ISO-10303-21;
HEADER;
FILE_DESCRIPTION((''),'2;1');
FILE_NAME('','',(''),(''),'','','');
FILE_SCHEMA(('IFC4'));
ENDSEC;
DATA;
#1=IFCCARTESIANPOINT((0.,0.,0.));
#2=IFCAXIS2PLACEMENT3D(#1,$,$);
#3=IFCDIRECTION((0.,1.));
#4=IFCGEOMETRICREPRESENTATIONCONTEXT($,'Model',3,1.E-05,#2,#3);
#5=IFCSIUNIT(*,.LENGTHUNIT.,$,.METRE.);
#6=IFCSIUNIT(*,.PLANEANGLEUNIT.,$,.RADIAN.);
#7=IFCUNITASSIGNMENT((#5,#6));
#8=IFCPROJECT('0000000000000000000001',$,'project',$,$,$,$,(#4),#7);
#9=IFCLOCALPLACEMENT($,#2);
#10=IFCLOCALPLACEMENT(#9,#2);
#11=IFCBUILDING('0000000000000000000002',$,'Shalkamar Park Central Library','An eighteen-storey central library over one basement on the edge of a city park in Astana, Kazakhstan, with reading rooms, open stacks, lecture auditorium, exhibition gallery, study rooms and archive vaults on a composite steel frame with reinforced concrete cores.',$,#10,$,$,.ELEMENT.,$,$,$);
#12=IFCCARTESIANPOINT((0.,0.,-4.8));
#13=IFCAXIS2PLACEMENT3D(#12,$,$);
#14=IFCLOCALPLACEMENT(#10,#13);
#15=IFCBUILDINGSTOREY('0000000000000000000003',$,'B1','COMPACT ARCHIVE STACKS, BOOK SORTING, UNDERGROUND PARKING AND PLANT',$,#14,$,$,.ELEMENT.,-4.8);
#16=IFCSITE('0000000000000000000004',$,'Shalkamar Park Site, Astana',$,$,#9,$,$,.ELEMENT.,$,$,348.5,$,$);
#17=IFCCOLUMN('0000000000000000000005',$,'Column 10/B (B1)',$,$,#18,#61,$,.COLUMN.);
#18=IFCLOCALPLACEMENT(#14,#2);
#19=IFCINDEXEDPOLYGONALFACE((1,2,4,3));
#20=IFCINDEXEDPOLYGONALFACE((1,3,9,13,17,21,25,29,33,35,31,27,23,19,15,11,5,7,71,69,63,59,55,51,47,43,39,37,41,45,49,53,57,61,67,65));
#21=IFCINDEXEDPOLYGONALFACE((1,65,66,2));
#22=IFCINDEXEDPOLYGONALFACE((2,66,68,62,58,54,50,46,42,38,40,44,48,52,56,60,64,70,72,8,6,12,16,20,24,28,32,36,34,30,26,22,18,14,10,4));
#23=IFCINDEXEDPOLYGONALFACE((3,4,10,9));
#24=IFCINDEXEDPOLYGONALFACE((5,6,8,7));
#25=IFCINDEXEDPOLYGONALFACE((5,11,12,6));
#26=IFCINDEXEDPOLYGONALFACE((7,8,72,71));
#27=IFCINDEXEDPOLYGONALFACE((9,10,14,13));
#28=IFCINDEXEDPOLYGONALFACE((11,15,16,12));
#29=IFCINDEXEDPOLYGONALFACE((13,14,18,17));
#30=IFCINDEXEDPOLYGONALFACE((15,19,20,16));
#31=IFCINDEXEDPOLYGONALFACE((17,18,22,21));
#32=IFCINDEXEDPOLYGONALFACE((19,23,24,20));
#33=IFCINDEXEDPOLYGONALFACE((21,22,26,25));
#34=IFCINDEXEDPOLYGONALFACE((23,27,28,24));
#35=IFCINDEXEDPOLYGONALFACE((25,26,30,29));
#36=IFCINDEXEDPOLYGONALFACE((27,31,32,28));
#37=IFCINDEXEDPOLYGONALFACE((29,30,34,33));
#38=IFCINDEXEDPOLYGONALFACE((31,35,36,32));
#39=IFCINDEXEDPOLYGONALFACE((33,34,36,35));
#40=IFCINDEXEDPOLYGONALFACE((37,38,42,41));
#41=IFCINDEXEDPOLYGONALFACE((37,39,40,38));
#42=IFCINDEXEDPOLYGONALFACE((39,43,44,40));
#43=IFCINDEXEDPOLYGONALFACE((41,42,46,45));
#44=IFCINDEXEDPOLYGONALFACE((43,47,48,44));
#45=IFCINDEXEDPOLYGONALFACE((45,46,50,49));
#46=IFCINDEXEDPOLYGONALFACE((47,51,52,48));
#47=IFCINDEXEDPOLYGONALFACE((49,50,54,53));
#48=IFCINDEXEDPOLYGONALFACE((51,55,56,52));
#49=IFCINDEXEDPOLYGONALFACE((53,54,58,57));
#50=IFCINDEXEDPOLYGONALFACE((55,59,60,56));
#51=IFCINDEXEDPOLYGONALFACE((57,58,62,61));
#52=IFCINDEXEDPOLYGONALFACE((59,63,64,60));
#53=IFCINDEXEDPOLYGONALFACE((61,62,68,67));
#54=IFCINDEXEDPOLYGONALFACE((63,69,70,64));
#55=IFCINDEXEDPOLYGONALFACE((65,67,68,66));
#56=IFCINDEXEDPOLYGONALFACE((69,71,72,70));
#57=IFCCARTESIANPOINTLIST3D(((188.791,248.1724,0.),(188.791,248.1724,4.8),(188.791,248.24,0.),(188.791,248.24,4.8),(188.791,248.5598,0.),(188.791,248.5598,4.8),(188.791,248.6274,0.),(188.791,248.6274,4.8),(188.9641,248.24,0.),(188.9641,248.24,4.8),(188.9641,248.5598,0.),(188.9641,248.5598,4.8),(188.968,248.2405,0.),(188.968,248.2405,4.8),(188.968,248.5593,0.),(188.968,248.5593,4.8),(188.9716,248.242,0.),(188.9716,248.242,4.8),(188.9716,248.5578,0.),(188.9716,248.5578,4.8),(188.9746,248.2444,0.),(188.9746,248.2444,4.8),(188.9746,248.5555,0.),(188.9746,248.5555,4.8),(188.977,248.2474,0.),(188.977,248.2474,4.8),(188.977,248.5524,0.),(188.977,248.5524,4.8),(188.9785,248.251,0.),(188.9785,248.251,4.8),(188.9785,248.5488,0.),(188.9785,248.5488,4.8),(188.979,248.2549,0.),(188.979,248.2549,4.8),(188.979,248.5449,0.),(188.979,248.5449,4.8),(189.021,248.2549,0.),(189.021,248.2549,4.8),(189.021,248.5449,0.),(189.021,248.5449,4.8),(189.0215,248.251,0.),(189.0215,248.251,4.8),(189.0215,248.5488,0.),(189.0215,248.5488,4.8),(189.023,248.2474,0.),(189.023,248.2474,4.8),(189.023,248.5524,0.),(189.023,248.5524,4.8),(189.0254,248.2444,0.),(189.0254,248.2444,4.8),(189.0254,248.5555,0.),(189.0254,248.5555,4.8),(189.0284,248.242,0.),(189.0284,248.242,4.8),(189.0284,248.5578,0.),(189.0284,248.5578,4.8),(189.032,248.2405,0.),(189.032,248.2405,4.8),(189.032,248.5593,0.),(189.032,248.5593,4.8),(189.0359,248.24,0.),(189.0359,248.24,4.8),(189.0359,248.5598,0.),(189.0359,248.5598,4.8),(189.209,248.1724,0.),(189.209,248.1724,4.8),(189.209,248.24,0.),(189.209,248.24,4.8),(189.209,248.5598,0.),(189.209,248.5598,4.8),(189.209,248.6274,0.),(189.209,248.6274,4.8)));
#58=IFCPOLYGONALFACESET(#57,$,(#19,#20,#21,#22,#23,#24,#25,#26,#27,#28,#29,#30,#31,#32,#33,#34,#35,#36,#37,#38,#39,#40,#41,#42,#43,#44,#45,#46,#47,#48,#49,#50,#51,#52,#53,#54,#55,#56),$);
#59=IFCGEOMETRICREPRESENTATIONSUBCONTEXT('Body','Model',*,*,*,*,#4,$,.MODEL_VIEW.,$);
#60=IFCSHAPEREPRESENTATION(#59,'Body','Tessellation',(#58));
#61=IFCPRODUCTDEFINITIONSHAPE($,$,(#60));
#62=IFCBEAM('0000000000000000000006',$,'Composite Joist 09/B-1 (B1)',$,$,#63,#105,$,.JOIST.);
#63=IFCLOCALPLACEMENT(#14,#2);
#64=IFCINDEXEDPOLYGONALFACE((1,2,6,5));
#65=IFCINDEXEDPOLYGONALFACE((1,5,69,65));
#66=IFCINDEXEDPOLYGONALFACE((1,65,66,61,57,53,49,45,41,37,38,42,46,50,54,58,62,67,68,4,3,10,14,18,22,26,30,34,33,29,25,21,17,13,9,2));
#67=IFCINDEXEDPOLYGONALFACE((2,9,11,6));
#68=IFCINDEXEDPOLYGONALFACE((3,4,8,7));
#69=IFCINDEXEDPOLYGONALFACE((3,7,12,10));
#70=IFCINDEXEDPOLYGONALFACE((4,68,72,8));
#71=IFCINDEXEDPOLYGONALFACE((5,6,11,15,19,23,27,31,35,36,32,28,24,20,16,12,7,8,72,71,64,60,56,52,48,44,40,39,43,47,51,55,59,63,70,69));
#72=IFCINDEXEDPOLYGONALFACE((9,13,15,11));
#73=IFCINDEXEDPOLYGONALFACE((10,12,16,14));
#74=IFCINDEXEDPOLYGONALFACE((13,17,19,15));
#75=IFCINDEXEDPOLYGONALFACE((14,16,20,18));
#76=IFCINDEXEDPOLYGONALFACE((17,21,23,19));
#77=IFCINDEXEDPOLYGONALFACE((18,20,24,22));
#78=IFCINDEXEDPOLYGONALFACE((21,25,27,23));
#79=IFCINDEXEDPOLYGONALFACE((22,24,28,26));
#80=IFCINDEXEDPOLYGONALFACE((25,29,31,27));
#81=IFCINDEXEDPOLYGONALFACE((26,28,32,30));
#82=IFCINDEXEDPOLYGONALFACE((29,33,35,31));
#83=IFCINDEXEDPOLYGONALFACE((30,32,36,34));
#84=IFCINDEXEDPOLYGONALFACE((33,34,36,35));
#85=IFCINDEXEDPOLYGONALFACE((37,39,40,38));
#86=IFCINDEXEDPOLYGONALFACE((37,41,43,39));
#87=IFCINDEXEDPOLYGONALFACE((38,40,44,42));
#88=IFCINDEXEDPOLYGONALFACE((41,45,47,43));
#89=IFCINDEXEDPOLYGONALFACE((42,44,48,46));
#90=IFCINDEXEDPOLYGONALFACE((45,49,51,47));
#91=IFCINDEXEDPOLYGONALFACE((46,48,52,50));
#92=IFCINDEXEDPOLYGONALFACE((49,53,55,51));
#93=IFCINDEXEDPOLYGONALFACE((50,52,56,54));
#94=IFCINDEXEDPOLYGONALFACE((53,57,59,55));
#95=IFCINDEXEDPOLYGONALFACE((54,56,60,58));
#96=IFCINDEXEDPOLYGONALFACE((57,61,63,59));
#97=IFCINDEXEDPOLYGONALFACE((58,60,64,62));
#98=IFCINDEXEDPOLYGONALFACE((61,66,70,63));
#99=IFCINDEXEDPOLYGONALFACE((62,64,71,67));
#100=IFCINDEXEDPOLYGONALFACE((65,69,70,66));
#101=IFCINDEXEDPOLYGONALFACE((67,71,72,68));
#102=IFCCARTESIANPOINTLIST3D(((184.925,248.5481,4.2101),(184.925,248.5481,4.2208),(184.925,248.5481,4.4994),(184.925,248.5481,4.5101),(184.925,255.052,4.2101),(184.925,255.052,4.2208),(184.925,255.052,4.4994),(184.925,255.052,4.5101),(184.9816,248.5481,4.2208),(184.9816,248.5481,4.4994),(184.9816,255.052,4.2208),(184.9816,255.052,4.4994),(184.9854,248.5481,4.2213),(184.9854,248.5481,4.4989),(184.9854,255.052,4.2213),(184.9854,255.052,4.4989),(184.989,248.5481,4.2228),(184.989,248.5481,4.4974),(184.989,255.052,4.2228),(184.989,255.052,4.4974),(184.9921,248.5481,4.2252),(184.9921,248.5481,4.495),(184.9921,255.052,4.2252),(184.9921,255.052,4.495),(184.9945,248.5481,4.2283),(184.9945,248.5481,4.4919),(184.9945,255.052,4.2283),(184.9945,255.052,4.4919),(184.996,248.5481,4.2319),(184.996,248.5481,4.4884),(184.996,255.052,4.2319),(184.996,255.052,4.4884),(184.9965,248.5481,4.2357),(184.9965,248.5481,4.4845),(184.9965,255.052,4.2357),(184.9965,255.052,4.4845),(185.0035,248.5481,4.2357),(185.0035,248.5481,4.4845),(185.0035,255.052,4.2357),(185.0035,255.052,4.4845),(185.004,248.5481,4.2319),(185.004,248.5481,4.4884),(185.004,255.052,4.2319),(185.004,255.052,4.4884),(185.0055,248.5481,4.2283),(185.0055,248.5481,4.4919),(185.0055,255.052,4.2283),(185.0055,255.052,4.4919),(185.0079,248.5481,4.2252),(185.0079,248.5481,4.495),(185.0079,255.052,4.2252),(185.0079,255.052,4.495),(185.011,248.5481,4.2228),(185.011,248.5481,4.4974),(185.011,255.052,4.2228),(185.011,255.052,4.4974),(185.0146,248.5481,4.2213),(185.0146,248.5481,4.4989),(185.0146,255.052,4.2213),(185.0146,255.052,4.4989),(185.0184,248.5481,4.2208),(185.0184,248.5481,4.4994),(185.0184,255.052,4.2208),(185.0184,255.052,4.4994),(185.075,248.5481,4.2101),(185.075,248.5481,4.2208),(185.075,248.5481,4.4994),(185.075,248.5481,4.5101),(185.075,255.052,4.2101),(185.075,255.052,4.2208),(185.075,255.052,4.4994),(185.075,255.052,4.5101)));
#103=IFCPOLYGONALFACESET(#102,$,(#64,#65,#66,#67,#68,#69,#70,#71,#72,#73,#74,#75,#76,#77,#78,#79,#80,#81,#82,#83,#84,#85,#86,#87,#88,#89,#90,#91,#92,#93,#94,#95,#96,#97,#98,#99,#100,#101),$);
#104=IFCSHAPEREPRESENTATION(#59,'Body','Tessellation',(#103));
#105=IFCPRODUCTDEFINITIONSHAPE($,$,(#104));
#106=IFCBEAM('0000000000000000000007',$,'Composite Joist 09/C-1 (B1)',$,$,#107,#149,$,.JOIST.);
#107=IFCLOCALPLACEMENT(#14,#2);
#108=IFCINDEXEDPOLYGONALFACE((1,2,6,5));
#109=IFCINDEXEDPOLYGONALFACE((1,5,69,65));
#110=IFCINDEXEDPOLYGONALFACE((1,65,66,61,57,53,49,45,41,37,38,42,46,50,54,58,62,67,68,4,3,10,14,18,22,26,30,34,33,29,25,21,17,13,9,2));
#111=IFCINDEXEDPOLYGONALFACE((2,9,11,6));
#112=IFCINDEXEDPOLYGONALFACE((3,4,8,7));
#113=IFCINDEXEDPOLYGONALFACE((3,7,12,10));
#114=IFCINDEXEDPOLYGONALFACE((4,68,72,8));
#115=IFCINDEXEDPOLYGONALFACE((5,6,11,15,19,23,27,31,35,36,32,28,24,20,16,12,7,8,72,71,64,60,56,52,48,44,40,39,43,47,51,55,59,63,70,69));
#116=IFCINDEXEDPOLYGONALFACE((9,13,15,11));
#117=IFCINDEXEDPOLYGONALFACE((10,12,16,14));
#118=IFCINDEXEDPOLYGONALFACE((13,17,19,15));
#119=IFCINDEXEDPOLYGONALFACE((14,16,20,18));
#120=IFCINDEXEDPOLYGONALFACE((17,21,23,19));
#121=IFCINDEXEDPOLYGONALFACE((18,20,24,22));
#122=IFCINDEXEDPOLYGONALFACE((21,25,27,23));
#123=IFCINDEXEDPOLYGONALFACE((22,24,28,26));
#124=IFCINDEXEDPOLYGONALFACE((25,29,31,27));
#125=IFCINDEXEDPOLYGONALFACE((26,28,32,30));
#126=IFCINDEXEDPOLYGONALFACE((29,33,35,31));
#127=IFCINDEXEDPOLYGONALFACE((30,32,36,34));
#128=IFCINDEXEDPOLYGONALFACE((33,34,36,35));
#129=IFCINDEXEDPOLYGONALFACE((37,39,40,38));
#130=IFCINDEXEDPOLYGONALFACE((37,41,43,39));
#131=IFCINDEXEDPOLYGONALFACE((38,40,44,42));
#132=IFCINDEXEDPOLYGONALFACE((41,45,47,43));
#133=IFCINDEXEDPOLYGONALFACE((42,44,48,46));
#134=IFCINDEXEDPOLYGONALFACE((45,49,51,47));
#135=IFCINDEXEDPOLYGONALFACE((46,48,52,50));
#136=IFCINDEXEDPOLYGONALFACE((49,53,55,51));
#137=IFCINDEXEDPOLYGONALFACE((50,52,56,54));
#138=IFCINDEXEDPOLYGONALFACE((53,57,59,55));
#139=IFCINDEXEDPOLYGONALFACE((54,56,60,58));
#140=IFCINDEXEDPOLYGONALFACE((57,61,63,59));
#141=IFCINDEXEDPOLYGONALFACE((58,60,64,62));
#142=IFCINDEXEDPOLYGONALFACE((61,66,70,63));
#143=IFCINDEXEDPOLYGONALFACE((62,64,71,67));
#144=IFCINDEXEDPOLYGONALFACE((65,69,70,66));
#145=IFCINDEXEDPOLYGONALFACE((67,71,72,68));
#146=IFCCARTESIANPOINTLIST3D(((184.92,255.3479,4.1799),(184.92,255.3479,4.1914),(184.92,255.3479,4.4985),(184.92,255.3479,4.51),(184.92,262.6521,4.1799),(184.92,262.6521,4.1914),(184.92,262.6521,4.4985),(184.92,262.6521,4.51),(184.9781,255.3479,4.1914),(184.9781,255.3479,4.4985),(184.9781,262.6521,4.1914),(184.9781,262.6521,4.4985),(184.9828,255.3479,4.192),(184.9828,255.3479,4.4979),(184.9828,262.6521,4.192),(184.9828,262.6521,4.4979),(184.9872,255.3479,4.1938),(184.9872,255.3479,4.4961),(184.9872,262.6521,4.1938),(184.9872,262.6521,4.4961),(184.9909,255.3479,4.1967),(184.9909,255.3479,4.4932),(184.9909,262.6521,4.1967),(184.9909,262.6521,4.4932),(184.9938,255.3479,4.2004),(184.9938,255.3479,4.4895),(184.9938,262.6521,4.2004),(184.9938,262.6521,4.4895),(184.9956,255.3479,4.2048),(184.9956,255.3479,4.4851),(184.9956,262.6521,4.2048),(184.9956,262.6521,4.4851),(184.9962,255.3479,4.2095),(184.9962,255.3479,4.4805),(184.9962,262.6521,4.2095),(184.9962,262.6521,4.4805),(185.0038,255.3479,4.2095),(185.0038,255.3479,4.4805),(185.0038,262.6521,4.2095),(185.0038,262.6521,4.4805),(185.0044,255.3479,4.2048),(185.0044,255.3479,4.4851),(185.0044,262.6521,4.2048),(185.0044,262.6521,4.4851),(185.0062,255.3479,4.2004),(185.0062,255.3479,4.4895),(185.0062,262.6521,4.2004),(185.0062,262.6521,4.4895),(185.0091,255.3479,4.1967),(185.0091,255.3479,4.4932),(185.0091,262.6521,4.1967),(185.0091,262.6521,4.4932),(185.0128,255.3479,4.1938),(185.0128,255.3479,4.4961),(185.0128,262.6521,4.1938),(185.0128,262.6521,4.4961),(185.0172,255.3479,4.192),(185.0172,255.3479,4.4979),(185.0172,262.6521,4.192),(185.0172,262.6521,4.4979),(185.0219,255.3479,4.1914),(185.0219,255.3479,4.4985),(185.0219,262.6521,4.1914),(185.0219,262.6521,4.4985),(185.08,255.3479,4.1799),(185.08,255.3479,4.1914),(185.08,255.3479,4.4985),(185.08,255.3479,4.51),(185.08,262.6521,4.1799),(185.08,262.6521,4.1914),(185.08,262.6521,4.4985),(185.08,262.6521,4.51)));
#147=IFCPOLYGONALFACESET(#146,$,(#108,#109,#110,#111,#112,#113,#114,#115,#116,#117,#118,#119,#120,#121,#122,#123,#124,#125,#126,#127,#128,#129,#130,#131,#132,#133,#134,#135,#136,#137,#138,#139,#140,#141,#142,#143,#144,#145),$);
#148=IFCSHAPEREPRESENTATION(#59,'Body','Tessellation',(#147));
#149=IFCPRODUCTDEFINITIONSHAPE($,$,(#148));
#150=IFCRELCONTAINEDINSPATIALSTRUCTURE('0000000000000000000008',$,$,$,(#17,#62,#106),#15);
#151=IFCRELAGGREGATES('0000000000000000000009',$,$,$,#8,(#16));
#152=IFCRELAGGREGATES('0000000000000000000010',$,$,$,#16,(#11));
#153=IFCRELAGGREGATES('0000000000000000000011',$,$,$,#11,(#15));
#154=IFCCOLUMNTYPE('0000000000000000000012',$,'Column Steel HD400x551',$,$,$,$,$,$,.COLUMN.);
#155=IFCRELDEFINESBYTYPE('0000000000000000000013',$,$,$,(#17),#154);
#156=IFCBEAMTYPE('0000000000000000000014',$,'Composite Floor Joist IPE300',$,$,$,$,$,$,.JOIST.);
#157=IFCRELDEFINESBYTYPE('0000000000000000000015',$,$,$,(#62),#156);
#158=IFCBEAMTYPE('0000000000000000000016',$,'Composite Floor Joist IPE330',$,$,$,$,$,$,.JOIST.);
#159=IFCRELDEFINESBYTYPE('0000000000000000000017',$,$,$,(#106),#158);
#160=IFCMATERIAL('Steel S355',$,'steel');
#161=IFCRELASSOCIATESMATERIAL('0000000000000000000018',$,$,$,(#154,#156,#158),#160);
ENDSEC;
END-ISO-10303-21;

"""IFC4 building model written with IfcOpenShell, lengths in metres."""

from ifc_helpers import new_model, si_unit, direction, frame, origin, origin_2d, place, context, subcontext, project, spatial, i_section, extrude, material, material_profile, profile_set, type_object, element, save


model = new_model("IFC4")

# Units and contexts
model_context = context("Model", 3, precision=1e-05, world=origin(), true_north=direction((0.0, 1.0)))
body_context = subcontext(model_context, "Body", "Model", "MODEL_VIEW")
ifc_project = project(units=[si_unit("LENGTHUNIT", "METRE"), si_unit("PLANEANGLEUNIT", "RADIAN")], contexts=[model_context])

# Site, building, storey
site_placement = place(None, origin())
site = spatial("IfcSite", under=ifc_project, at=site_placement, Name="Shalkamar Park Site, Astana", CompositionType="ELEMENT", RefElevation=348.5)
building_placement = place(site_placement, origin())
building = spatial("IfcBuilding", under=site, at=building_placement, Name="Shalkamar Park Central Library", Description="An eighteen-storey central library over one basement on the edge of a city park in Astana, Kazakhstan, with reading rooms, open stacks, lecture auditorium, exhibition gallery, study rooms and archive vaults on a composite steel frame with reinforced concrete cores.", CompositionType="ELEMENT")
storey_placement = place(building_placement, frame((0.0, 0.0, -4.8)))
storey = spatial("IfcBuildingStorey", under=building, at=storey_placement, Name="B1", Description="COMPACT ARCHIVE STACKS, BOOK SORTING, UNDERGROUND PARKING AND PLANT", CompositionType="ELEMENT", Elevation=-4.8)

# Column
ifc_material_1 = material(Name="Steel S355", Category="steel")
ifc_material_profile_1 = material_profile(ifc_material_1, i_section(OverallWidth=0.418, OverallDepth=0.4551, WebThickness=0.042, FlangeThickness=0.0676, FilletRadius=0.0149, at=origin_2d()), Name="HD 400x551")
ifc_profile_set_1 = profile_set([ifc_material_profile_1], Name="Steel S355")
column_type_1 = type_object("IfcColumnType", Name="Column Steel HD400x551", PredefinedType="COLUMN", material=ifc_profile_set_1)
for number, where, z_axis, x_axis, name in (
    (1, (189.0, 248.3999, 0.0), (0.0, 0.0, 1.0), (1.0, 0.0, 0.0), "Column 10/B (B1)"),
):
    element("IfcColumn", number, at=place(storey_placement, frame(where, z_axis=z_axis, x_axis=x_axis)), inside=storey, type_object=column_type_1, Name=name, PredefinedType="COLUMN", context=body_context, shape_type="SweptSolid", body=[
        extrude(i_section(OverallWidth=0.418, OverallDepth=0.4551, WebThickness=0.042, FlangeThickness=0.0676, FilletRadius=0.0149, at=origin_2d()), origin(), (0.0, 0.0, 1.0), 4.8),
    ])

# Beams
ifc_material_profile_2 = material_profile(ifc_material_1, i_section(OverallWidth=0.1499, OverallDepth=0.3, WebThickness=0.0071, FlangeThickness=0.0107, FilletRadius=0.0149, at=origin_2d()), Name="IPE 300")
ifc_profile_set_2 = profile_set([ifc_material_profile_2], Name="Steel S355")
beam_type_1 = type_object("IfcBeamType", Name="Composite Floor Joist IPE300", PredefinedType="JOIST", material=ifc_profile_set_2)
beam_1_placement = place(storey_placement, frame((185.0, 248.5481, 4.3601), z_axis=(0.0, 1.0, 0.0), x_axis=(-1.0, 0.0, 0.0)))
element("IfcBeam", 2, at=beam_1_placement, inside=storey, type_object=beam_type_1, Name="Composite Joist 09/B-1 (B1)", PredefinedType="JOIST", context=body_context, shape_type="SweptSolid", body=[
    extrude(i_section(OverallWidth=0.1499, OverallDepth=0.3, WebThickness=0.0071, FlangeThickness=0.0107, FilletRadius=0.0149, at=origin_2d()), origin(), (0.0, 0.0, 1.0), 6.5039),
])
ifc_material_profile_3 = material_profile(ifc_material_1, i_section(OverallWidth=0.1599, OverallDepth=0.3301, WebThickness=0.0076, FlangeThickness=0.0115, FilletRadius=0.0181, at=origin_2d()), Name="IPE 330")
ifc_profile_set_3 = profile_set([ifc_material_profile_3], Name="Steel S355")
beam_type_2 = type_object("IfcBeamType", Name="Composite Floor Joist IPE330", PredefinedType="JOIST", material=ifc_profile_set_3)
beam_2_placement = place(storey_placement, frame((185.0, 255.3479, 4.345), z_axis=(0.0, 1.0, 0.0), x_axis=(-1.0, 0.0, 0.0)))
element("IfcBeam", 3, at=beam_2_placement, inside=storey, type_object=beam_type_2, Name="Composite Joist 09/C-1 (B1)", PredefinedType="JOIST", context=body_context, shape_type="SweptSolid", body=[
    extrude(i_section(OverallWidth=0.1599, OverallDepth=0.3301, WebThickness=0.0076, FlangeThickness=0.0115, FilletRadius=0.0181, at=origin_2d()), origin(), (0.0, 0.0, 1.0), 7.3042),
])

save(model, "model.ifc")
